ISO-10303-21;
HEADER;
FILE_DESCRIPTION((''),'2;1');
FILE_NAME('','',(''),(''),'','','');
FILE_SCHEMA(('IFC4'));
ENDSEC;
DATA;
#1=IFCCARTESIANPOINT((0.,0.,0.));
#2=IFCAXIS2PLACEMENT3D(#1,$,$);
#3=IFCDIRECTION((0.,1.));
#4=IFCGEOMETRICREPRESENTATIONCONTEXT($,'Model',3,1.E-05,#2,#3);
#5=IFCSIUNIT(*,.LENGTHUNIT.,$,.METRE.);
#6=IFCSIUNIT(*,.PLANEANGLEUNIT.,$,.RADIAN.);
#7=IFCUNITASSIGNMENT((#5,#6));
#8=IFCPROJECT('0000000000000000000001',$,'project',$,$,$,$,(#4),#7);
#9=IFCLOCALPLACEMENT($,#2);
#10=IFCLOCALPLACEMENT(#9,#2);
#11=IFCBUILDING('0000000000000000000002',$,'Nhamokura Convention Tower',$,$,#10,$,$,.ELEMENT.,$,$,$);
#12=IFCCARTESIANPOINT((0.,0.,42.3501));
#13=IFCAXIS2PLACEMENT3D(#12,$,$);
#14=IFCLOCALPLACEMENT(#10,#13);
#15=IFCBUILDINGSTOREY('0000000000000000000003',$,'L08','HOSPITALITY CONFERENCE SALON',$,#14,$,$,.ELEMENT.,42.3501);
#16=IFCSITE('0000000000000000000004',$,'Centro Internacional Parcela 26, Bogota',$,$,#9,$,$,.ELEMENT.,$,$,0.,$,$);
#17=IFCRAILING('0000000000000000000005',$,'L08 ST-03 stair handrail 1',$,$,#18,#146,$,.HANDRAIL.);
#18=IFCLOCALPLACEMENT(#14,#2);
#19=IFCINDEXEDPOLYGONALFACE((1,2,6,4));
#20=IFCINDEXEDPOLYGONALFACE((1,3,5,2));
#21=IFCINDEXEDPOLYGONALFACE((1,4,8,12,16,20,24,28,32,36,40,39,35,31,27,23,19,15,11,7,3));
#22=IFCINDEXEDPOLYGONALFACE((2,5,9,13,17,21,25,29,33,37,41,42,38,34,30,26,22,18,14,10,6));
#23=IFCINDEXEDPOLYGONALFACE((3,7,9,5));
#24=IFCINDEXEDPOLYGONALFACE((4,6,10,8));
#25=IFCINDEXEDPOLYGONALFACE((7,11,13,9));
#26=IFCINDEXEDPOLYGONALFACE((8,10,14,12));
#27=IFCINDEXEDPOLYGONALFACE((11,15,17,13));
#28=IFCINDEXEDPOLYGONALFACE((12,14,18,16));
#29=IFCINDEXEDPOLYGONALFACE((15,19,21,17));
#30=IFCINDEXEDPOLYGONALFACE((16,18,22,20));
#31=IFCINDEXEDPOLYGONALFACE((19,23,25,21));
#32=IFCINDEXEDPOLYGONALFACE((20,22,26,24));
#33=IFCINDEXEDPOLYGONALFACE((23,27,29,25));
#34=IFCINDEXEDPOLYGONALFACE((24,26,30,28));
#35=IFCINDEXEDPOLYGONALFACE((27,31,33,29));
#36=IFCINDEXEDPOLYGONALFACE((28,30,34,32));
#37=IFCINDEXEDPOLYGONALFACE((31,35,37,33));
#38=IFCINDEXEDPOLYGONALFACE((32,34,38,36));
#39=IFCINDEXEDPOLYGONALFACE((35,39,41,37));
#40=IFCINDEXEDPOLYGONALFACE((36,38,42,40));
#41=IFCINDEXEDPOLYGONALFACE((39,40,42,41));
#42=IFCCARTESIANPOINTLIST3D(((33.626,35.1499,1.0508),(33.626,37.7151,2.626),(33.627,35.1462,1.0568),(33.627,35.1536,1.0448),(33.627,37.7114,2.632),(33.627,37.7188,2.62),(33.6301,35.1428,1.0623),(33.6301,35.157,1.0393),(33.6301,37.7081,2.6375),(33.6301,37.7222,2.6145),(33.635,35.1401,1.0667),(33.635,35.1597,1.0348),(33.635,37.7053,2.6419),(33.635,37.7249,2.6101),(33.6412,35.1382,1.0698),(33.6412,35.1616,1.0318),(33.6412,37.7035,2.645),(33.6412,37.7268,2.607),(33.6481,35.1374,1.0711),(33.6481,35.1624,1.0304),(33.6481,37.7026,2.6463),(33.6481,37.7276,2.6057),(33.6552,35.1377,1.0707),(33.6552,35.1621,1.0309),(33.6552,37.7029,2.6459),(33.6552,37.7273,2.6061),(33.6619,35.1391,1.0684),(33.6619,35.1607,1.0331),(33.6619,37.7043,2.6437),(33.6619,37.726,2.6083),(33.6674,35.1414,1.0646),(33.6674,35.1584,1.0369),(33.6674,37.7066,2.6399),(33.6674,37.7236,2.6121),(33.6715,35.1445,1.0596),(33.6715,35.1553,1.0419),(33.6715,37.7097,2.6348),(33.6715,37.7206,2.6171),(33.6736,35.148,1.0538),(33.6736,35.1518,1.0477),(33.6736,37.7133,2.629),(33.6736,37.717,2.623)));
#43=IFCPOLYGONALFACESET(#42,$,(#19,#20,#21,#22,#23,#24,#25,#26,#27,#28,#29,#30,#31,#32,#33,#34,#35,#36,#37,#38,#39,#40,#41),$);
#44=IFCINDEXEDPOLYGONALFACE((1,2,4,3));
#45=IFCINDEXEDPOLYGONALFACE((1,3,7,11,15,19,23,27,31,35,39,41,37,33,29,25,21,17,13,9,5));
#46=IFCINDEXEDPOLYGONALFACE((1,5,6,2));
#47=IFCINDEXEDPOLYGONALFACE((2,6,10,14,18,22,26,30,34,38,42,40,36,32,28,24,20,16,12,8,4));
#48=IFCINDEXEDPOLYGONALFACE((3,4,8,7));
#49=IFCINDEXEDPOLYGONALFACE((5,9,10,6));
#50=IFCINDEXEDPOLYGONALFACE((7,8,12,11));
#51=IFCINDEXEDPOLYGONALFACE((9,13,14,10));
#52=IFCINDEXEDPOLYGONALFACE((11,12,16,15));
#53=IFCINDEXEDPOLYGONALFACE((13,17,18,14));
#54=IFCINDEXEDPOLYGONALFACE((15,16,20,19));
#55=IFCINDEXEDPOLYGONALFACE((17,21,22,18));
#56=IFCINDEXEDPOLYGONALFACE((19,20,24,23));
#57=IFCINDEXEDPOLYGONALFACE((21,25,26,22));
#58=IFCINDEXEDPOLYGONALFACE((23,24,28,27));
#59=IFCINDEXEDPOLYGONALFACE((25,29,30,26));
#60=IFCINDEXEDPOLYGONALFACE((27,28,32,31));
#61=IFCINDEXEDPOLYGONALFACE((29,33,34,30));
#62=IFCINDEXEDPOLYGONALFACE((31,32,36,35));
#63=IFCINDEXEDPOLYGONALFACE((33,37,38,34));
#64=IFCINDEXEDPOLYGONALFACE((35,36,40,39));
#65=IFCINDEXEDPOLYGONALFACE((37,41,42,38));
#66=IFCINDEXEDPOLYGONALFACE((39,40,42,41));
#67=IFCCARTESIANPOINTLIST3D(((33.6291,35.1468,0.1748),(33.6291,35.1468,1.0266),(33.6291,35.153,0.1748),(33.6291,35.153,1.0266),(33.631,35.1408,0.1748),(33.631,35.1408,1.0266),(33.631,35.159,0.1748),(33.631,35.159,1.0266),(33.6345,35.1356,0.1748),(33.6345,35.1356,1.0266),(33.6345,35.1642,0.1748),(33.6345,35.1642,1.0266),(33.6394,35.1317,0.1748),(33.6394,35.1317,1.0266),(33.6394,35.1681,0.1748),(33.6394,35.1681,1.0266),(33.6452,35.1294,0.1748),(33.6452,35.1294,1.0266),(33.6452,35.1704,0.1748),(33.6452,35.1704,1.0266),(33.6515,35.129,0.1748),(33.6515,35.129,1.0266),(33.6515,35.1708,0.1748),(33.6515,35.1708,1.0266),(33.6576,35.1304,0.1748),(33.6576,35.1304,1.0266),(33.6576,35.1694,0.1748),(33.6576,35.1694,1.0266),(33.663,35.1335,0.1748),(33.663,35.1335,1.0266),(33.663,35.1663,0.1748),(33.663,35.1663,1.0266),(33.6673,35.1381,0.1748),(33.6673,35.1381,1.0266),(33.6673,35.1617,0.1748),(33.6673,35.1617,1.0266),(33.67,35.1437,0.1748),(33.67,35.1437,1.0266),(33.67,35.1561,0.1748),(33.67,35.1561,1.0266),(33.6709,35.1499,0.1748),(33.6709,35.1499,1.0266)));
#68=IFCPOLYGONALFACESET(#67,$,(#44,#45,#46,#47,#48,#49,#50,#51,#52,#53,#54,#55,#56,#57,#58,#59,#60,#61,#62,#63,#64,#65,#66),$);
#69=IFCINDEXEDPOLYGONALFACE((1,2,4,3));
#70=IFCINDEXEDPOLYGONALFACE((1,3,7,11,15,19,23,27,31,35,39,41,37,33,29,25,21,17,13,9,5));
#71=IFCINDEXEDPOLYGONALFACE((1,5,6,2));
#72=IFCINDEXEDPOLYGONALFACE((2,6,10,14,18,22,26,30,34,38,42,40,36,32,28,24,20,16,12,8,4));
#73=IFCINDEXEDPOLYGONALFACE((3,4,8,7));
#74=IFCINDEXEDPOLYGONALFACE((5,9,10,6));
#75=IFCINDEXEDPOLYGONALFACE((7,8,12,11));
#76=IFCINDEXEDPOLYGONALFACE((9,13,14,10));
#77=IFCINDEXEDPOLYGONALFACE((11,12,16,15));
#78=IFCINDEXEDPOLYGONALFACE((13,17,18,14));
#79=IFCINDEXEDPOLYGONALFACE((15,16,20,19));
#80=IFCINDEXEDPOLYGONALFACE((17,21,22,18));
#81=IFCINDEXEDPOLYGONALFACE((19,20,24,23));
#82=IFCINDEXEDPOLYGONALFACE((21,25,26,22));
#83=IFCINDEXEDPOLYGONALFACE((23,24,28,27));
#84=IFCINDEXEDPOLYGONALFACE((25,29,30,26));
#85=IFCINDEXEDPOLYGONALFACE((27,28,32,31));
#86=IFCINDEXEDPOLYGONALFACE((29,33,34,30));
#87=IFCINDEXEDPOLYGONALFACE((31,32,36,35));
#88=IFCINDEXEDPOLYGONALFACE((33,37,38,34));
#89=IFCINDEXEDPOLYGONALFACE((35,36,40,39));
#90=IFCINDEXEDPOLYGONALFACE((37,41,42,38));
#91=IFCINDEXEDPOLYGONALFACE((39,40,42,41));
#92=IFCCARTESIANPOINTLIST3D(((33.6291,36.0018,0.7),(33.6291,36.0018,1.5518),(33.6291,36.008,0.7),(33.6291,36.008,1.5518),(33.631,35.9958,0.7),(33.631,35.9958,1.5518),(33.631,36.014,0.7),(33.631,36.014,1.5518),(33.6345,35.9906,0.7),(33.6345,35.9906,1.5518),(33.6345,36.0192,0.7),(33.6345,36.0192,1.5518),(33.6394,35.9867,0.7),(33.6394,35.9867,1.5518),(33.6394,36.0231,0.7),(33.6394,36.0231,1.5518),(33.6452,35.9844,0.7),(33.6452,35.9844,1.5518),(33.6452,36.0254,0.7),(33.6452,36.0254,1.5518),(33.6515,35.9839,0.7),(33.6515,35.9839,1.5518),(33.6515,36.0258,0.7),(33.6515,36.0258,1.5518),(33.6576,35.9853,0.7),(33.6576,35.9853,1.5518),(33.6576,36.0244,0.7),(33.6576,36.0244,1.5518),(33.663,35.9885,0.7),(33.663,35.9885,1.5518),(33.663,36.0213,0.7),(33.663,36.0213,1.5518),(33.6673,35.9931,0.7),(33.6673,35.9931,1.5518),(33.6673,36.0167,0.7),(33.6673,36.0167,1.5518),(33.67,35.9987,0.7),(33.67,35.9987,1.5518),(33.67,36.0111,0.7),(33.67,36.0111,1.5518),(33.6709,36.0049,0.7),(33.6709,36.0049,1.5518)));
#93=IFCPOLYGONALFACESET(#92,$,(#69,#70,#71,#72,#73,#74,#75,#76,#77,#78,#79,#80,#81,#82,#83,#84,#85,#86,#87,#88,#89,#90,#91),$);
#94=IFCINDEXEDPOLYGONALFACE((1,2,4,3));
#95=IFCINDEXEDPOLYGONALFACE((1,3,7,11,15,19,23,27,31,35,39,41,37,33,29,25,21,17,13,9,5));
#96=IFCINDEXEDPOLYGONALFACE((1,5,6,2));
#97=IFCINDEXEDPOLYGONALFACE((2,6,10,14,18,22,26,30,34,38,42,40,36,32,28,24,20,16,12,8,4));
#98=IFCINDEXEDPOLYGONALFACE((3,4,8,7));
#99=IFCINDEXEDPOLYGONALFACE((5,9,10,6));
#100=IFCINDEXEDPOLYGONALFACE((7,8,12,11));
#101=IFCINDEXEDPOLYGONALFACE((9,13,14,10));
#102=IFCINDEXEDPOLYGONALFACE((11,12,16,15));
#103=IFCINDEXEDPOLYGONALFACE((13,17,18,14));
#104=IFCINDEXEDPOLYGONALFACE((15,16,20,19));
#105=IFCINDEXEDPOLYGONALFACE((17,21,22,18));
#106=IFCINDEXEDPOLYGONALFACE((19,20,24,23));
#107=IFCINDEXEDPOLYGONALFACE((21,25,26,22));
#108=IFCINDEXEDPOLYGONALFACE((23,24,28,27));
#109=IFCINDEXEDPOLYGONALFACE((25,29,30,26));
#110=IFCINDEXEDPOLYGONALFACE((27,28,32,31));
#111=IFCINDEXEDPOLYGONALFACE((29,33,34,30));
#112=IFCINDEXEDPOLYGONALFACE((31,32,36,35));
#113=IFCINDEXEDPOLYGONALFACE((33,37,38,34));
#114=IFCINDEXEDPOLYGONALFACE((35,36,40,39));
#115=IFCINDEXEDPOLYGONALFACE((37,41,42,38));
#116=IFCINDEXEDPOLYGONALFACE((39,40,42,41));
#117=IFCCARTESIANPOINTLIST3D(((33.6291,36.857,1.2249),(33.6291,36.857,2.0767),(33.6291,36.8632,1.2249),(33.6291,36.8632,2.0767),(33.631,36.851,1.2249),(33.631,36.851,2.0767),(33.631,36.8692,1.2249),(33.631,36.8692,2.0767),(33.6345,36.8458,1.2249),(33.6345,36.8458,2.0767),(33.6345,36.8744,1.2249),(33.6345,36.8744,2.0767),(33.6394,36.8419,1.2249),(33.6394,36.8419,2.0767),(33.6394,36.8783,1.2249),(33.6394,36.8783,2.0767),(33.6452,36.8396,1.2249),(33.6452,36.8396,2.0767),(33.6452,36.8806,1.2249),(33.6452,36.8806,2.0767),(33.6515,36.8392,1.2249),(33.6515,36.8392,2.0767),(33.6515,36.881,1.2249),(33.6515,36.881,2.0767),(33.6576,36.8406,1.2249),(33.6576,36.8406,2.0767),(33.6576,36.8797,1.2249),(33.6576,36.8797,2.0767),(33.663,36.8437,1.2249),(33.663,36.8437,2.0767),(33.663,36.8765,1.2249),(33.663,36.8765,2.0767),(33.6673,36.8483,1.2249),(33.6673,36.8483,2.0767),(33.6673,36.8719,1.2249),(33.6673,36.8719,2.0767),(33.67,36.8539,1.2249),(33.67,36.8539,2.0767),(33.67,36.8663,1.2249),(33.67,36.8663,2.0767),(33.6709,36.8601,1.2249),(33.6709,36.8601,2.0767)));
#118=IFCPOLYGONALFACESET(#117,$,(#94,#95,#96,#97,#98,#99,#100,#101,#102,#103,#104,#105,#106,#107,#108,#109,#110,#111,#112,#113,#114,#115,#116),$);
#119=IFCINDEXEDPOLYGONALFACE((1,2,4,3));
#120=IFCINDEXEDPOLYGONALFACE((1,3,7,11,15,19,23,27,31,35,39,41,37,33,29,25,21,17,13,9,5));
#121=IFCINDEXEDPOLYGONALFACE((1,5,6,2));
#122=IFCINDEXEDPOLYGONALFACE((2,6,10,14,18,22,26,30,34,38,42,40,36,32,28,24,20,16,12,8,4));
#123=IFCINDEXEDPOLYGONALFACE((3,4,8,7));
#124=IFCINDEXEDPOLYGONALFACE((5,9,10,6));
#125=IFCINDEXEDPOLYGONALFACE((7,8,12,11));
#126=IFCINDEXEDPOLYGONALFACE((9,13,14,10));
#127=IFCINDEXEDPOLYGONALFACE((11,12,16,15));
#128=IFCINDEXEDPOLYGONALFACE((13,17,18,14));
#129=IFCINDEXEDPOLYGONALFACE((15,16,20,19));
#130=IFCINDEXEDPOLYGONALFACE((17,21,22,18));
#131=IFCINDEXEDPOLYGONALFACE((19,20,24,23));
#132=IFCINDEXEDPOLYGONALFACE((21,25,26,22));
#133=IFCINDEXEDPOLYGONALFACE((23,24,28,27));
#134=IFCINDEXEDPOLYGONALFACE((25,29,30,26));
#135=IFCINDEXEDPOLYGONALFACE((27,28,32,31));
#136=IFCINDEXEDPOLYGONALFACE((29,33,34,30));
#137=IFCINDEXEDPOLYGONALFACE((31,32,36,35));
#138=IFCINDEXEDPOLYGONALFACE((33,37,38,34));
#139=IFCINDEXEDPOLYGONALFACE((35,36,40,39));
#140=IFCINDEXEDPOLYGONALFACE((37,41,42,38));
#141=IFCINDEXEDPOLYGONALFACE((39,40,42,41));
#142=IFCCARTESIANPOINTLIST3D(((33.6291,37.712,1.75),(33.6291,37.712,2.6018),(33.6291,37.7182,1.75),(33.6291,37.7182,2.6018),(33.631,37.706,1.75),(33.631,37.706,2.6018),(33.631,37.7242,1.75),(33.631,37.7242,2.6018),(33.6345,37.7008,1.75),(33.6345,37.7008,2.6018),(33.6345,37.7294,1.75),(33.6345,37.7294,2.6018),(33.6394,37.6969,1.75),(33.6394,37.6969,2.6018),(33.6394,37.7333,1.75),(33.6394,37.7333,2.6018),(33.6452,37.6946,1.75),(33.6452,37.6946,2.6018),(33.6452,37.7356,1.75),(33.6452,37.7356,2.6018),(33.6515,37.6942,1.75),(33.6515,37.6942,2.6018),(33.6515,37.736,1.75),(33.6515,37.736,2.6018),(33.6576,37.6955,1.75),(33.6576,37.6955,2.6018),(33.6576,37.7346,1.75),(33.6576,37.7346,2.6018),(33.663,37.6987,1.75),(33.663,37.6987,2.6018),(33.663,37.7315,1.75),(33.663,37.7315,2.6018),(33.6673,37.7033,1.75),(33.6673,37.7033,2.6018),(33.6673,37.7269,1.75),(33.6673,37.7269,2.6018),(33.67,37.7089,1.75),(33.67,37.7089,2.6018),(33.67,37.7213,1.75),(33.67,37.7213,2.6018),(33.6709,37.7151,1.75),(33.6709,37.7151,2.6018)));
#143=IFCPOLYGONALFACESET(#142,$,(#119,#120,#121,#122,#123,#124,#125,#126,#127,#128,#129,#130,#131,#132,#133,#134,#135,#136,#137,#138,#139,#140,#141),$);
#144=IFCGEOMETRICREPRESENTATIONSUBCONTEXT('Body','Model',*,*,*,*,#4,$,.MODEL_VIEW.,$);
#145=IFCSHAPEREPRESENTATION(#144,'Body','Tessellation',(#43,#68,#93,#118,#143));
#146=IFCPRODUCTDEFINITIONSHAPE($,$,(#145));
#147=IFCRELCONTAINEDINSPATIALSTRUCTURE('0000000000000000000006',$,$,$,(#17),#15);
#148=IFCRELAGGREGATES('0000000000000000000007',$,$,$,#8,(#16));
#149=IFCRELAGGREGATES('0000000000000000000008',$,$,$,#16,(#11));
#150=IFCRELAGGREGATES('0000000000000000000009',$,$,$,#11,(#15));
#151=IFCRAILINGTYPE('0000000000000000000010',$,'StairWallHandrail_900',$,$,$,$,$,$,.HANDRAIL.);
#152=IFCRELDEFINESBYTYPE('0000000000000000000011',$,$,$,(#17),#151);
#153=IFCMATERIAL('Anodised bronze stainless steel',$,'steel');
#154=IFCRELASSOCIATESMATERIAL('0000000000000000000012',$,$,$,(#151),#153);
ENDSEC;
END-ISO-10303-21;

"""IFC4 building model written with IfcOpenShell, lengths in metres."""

from ifc_helpers import new_model, si_unit, direction, frame, origin, origin_2d, place, context, subcontext, project, spatial, circle, extrude, material, type_object, element, save


model = new_model("IFC4")

# Units and contexts
model_context = context("Model", 3, precision=1e-05, world=origin(), true_north=direction((0.0, 1.0)))
body_context = subcontext(model_context, "Body", "Model", "MODEL_VIEW")
ifc_project = project(units=[si_unit("LENGTHUNIT", "METRE"), si_unit("PLANEANGLEUNIT", "RADIAN")], contexts=[model_context])

# Site, building, storey
site_placement = place(None, origin())
site = spatial("IfcSite", under=ifc_project, at=site_placement, Name="Centro Internacional Parcela 26, Bogota", CompositionType="ELEMENT", RefElevation=0.0)
building_placement = place(site_placement, origin())
building = spatial("IfcBuilding", under=site, at=building_placement, Name="Nhamokura Convention Tower", CompositionType="ELEMENT")
storey_placement = place(building_placement, frame((0.0, 0.0, 42.3501)))
storey = spatial("IfcBuildingStorey", under=building, at=storey_placement, Name="L08", Description="HOSPITALITY CONFERENCE SALON", CompositionType="ELEMENT", Elevation=42.3501)

# Railing
ifc_material_1 = material(Name="Anodised bronze stainless steel", Category="steel")
railing_type_1 = type_object("IfcRailingType", Name="StairWallHandrail_900", PredefinedType="HANDRAIL", material=ifc_material_1)
railing_1_placement = place(storey_placement, frame((33.6499, 35.1499, 0.1748)))
element("IfcRailing", 1, at=railing_1_placement, inside=storey, type_object=railing_type_1, Name="L08 ST-03 stair handrail 1", PredefinedType="HANDRAIL", context=body_context, shape_type="SweptSolid", body=[
    extrude(circle(Radius=0.0239, at=origin_2d()), frame((0.0, 0.0, 0.876), z_axis=(0.0, 0.852159, 0.523283), x_axis=(-1.0, 0.0, 0.0)), (0.0, 0.0, 1.0), 3.0103),
    extrude(circle(Radius=0.021, at=origin_2d()), origin(), (0.0, 0.0, 1.0), 0.8518),
    extrude(circle(Radius=0.021, at=origin_2d()), frame((0.0, 0.855, 0.5251)), (0.0, 0.0, 1.0), 0.8518),
    extrude(circle(Radius=0.021, at=origin_2d()), frame((0.0, 1.7102, 1.05)), (0.0, 0.0, 1.0), 0.8518),
    extrude(circle(Radius=0.021, at=origin_2d()), frame((0.0, 2.5652, 1.5752)), (0.0, 0.0, 1.0), 0.8518),
])

save(model, "model.ifc")
